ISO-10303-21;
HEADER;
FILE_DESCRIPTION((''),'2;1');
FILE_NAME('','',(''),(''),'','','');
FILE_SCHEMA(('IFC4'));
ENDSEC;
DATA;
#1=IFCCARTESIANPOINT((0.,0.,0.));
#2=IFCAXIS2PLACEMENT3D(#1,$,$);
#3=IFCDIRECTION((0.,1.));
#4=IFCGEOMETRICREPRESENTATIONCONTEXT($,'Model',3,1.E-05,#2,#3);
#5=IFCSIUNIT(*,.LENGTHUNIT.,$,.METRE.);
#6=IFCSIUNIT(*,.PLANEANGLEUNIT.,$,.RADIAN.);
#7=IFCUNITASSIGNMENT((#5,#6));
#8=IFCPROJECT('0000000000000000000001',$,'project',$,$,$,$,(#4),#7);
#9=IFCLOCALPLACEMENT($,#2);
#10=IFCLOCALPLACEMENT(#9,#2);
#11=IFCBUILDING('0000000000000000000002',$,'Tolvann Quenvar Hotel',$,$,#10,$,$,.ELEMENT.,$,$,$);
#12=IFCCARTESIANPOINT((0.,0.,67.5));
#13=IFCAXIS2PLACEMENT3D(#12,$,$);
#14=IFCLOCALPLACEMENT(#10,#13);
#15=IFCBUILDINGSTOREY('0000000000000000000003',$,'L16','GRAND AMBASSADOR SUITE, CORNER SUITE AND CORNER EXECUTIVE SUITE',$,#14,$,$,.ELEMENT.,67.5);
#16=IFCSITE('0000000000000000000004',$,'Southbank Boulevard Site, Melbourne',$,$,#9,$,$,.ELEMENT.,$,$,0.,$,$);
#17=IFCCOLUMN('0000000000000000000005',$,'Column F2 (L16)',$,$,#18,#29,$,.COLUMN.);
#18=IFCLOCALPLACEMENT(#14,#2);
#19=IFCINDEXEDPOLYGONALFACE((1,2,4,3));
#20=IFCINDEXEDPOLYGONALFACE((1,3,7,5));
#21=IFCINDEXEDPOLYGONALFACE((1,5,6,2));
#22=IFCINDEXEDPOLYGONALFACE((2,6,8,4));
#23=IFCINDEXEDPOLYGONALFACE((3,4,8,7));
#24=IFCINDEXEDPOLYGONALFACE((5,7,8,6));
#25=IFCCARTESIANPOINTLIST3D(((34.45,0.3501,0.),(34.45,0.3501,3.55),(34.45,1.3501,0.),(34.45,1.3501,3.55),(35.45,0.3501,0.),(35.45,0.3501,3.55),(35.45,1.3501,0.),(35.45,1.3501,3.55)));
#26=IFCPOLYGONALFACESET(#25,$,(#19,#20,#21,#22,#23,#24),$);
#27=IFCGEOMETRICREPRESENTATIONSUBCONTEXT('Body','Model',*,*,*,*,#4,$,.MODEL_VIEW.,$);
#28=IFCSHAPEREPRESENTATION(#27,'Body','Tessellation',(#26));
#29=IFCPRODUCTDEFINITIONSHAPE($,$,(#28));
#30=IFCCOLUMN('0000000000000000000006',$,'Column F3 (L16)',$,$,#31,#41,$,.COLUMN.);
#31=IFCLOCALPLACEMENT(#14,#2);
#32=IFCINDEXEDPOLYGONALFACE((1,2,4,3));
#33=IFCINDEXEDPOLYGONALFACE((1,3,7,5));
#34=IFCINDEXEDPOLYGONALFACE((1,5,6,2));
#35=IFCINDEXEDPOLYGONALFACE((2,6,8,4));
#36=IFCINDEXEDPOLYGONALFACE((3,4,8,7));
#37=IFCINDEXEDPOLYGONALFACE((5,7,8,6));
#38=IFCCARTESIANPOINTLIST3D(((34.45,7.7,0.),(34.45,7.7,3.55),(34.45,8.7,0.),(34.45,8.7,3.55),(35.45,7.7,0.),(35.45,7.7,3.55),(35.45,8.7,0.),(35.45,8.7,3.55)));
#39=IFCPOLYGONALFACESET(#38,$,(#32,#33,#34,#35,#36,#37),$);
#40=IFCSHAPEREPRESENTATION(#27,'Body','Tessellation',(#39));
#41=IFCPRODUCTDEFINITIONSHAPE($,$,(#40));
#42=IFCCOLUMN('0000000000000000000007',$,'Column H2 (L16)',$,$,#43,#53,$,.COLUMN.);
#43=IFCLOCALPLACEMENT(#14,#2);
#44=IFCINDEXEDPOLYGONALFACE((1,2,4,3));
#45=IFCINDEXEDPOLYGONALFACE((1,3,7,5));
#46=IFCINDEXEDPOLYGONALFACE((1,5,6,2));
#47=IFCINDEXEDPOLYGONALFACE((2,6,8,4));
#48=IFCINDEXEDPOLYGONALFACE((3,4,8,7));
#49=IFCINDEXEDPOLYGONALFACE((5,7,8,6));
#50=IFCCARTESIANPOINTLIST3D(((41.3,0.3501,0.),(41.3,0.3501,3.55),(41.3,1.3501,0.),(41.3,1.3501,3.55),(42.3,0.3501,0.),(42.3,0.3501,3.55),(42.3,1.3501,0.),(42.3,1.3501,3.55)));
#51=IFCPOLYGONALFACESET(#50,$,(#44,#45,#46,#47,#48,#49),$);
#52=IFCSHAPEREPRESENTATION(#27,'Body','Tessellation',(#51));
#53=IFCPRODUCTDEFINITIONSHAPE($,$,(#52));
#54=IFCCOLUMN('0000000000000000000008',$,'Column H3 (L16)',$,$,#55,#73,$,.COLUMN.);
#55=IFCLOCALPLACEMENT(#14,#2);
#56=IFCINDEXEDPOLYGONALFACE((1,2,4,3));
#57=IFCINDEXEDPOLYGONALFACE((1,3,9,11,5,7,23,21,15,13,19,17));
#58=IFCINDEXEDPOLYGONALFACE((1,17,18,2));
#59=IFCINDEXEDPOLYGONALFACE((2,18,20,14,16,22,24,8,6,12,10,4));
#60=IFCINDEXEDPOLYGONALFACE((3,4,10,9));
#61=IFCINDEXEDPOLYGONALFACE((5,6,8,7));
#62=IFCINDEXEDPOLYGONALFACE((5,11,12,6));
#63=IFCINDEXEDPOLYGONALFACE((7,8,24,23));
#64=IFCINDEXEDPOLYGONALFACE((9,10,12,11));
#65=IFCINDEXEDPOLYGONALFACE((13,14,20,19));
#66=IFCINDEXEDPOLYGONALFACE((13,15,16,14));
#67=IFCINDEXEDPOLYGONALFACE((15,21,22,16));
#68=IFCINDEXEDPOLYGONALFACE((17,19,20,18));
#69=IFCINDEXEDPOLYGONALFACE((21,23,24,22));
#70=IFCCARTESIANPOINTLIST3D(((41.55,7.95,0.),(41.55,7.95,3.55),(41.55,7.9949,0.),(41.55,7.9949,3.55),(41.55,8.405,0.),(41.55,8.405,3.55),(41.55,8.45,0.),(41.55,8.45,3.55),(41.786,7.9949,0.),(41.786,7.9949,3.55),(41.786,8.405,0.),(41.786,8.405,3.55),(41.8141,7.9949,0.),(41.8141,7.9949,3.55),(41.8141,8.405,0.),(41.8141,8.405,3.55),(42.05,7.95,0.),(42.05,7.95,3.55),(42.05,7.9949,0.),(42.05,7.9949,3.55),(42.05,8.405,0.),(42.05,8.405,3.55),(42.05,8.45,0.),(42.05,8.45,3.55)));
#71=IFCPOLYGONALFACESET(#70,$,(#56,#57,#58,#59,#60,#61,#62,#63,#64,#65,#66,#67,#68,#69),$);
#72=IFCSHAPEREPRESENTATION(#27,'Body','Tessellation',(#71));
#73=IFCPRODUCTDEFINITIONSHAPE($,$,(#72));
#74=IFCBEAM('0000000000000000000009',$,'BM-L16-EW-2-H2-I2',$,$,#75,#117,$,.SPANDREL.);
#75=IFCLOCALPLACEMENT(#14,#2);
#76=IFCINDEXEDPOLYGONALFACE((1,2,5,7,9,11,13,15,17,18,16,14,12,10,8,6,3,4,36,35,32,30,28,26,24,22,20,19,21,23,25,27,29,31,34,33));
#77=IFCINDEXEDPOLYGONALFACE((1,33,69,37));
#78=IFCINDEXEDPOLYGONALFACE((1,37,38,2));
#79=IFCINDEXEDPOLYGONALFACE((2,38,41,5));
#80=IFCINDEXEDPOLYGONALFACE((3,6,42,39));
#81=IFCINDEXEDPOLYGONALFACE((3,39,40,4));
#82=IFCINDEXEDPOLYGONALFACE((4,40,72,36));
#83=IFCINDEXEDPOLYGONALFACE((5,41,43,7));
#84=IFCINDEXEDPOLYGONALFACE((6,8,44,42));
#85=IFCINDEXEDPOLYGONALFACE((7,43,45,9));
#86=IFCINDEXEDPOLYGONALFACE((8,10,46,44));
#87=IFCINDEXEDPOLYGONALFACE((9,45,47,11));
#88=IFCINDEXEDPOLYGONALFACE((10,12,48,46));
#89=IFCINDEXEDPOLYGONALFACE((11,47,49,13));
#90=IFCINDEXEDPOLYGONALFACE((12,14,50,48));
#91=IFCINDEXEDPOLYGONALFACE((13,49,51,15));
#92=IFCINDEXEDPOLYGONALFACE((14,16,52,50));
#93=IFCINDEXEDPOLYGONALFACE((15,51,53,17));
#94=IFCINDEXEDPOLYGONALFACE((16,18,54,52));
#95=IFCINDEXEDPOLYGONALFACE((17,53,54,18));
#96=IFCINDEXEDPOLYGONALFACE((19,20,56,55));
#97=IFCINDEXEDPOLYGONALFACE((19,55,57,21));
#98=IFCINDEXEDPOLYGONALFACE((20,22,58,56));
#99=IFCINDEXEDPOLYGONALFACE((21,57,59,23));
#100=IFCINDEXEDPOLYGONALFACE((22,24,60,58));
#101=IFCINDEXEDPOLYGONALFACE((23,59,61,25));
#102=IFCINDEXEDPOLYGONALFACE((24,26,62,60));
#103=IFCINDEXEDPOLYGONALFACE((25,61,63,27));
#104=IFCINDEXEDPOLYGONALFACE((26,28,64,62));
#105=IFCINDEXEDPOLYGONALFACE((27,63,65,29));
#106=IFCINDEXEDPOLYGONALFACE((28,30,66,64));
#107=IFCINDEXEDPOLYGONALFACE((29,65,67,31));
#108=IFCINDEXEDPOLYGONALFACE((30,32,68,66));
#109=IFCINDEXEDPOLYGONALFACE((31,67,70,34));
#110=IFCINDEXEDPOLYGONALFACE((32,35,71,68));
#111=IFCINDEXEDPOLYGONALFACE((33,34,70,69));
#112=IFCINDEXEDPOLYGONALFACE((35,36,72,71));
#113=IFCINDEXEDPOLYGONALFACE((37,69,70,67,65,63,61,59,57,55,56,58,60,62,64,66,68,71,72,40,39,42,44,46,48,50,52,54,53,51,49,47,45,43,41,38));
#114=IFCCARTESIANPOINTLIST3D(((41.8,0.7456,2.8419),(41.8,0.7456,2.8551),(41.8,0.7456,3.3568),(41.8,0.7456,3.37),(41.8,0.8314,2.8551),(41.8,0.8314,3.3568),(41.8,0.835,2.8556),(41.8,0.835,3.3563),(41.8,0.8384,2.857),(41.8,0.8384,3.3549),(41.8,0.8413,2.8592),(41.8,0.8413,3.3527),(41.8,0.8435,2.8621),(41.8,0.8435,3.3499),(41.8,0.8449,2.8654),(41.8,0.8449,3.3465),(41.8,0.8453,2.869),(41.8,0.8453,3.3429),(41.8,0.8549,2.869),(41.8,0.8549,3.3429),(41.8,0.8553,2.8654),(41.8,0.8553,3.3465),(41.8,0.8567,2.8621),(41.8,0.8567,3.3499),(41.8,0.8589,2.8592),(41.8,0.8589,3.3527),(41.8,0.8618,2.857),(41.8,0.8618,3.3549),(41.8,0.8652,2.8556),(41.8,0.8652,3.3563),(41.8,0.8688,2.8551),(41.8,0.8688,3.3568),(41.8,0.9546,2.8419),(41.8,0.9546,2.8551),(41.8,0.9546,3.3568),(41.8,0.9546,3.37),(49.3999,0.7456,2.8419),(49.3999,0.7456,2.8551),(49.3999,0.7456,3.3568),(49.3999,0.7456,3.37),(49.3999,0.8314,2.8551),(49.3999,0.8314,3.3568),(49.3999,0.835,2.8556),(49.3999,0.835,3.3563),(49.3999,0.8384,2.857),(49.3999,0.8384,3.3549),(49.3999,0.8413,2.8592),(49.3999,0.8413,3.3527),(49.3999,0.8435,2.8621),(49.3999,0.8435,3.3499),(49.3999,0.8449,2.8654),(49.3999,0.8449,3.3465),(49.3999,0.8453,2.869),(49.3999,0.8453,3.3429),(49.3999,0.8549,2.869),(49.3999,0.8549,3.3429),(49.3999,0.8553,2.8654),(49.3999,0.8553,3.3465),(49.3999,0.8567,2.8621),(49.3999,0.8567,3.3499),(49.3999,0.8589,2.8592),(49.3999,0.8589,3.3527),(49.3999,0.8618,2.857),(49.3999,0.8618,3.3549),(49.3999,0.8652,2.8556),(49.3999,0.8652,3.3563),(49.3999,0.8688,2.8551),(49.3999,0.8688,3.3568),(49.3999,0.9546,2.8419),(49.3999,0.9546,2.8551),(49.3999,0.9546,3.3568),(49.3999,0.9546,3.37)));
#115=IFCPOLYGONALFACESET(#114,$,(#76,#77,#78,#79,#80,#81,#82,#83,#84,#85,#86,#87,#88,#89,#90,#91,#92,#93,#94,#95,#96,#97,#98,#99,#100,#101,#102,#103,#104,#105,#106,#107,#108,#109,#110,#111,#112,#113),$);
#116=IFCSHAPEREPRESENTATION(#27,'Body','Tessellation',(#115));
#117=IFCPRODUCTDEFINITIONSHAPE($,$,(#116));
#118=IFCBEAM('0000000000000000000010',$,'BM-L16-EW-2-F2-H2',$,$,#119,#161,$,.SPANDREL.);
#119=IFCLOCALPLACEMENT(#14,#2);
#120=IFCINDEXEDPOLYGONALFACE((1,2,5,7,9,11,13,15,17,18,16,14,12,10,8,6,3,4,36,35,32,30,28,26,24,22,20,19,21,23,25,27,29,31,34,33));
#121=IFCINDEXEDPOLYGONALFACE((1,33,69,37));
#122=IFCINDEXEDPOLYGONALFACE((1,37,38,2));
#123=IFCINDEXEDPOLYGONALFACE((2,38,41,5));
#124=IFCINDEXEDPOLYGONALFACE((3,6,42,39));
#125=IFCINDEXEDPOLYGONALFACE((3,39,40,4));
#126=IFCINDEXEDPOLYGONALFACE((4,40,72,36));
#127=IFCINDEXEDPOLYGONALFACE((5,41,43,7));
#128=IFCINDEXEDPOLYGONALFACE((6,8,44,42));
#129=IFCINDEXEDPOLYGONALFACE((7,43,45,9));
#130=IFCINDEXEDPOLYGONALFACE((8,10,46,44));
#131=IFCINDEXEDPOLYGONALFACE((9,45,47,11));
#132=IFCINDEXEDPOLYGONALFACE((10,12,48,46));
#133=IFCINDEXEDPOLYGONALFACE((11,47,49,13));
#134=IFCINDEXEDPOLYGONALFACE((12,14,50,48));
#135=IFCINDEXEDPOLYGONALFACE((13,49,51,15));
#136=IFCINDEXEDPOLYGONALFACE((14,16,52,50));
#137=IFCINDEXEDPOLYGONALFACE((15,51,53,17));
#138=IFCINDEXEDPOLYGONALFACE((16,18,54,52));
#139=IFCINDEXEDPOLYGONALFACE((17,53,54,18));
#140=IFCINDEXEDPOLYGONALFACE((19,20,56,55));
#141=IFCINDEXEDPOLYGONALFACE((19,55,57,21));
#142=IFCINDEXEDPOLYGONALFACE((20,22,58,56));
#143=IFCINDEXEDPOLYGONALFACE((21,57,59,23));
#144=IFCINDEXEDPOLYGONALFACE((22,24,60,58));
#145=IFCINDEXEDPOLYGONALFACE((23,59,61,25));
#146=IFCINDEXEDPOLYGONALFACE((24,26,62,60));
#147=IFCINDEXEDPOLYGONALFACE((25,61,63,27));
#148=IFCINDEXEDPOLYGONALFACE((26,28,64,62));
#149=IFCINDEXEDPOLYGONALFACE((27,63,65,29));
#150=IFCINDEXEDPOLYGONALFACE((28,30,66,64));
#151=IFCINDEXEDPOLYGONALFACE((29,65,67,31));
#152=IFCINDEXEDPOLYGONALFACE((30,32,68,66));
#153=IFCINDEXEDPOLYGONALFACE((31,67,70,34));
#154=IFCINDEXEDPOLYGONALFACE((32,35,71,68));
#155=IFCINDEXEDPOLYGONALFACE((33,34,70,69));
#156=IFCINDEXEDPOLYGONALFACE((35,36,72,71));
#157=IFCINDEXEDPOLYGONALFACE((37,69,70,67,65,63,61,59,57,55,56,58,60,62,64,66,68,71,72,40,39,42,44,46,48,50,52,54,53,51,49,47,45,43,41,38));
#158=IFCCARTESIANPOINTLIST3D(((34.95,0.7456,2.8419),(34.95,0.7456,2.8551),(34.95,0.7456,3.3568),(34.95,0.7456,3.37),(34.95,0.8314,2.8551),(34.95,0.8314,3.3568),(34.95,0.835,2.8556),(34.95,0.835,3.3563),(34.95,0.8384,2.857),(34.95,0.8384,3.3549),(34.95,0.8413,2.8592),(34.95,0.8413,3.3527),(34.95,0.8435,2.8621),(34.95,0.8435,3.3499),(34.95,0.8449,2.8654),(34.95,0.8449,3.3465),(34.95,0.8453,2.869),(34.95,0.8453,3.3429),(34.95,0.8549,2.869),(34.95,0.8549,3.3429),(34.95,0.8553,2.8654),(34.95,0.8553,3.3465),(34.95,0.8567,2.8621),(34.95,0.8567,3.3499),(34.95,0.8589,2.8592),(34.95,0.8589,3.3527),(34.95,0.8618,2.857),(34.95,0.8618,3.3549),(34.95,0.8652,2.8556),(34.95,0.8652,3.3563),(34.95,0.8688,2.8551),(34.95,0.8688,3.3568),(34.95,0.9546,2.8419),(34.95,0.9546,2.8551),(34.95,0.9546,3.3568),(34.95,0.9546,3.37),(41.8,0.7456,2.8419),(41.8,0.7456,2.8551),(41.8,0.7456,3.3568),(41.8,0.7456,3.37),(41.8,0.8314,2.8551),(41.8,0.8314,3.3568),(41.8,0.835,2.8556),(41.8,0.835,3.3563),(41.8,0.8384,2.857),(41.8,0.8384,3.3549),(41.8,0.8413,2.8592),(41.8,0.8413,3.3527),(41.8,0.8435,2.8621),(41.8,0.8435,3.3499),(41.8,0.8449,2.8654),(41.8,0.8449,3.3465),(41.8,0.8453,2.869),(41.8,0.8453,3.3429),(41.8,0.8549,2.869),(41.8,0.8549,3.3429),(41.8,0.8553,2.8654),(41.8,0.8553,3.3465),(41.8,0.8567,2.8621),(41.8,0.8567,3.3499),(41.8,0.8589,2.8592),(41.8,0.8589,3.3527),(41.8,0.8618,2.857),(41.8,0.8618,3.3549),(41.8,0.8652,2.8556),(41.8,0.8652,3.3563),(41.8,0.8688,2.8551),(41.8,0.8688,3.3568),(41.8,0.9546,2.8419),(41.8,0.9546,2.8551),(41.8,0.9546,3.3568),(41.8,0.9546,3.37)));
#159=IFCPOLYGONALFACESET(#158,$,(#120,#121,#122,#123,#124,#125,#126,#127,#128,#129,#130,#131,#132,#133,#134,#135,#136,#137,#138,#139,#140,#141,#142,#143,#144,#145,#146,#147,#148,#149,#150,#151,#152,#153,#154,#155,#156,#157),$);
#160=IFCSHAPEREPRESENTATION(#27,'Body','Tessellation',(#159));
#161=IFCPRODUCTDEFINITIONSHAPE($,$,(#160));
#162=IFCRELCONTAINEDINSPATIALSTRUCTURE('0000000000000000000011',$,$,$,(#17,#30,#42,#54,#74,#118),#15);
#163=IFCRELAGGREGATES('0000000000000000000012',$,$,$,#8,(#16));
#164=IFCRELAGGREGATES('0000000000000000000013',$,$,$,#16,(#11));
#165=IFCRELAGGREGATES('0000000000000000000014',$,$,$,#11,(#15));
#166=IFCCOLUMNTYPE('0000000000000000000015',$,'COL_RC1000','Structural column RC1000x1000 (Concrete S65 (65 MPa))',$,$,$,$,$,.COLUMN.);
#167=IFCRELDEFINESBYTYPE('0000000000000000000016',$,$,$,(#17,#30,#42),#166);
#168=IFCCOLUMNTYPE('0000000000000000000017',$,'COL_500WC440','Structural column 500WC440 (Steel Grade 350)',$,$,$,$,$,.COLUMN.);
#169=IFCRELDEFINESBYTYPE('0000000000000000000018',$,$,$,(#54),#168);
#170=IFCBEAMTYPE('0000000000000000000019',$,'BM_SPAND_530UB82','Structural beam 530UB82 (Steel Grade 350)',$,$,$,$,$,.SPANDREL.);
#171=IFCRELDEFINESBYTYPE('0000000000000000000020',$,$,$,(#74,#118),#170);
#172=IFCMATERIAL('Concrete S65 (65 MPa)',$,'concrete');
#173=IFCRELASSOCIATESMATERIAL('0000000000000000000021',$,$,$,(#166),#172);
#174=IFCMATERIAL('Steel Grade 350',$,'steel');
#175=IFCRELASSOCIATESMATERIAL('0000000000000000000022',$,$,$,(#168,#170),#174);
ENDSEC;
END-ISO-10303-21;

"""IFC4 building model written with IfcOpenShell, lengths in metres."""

from ifc_helpers import new_model, si_unit, direction, frame, origin, origin_2d, place, context, subcontext, project, spatial, rectangle, i_section, extrude, source, transform, mapped, material, material_profile, profile_set, type_object, type_shapes, element, save


model = new_model("IFC4")

# Units and contexts
model_context = context("Model", 3, precision=1e-05, world=origin(), true_north=direction((0.0, 1.0)))
body_context = subcontext(model_context, "Body", "Model", "MODEL_VIEW")
ifc_project = project(units=[si_unit("LENGTHUNIT", "METRE"), si_unit("PLANEANGLEUNIT", "RADIAN")], contexts=[model_context])

# Site, building, storey
site_placement = place(None, origin())
site = spatial("IfcSite", under=ifc_project, at=site_placement, Name="Southbank Boulevard Site, Melbourne", CompositionType="ELEMENT", RefElevation=0.0)
building_placement = place(site_placement, origin())
building = spatial("IfcBuilding", under=site, at=building_placement, Name="Tolvann Quenvar Hotel", CompositionType="ELEMENT")
storey_placement = place(building_placement, frame((0.0, 0.0, 67.5)))
storey = spatial("IfcBuildingStorey", under=building, at=storey_placement, Name="L16", Description="GRAND AMBASSADOR SUITE, CORNER SUITE AND CORNER EXECUTIVE SUITE", CompositionType="ELEMENT", Elevation=67.5)

# Columns
ifc_material_1 = material(Name="Concrete S65 (65 MPa)", Category="concrete")
ifc_material_profile_1 = material_profile(ifc_material_1, rectangle(XDim=1.0, YDim=1.0, at=origin_2d()), Name="RC1000x1000")
ifc_profile_set_1 = profile_set([ifc_material_profile_1], Name="Concrete S65 (65 MPa)")
column_type_1 = type_object("IfcColumnType", Name="COL_RC1000", Description="Structural column RC1000x1000 (Concrete S65 (65 MPa))", PredefinedType="COLUMN", material=ifc_profile_set_1)
shared_shape_1 = source(origin(), body_context, "Body", "SweptSolid", [
    extrude(rectangle(XDim=1.0, YDim=1.0, at=origin_2d()), origin(), (0.0, 0.0, 1.0), 3.55),
])
type_shapes(column_type_1, [shared_shape_1])
for number, where, z_axis, x_axis, name in (
    (1, (34.95, 0.8501, 0.0), (0.0, 0.0, 1.0), (1.0, 0.0, 0.0), "Column F2 (L16)"),
    (2, (34.95, 8.2, 0.0), (0.0, 0.0, 1.0), (1.0, 0.0, 0.0), "Column F3 (L16)"),
    (3, (41.8, 0.8501, 0.0), (0.0, 0.0, 1.0), (1.0, 0.0, 0.0), "Column H2 (L16)"),
):
    element("IfcColumn", number, at=place(storey_placement, frame(where, z_axis=z_axis, x_axis=x_axis)), inside=storey, type_object=column_type_1, Name=name, PredefinedType="COLUMN", context=body_context, shape_type="MappedRepresentation", body=[
        mapped(shared_shape_1, transform((0.0, 0.0, 0.0), x_axis=(1.0, 0.0, 0.0), y_axis=(0.0, 1.0, 0.0), z_axis=(0.0, 0.0, 1.0), scale=1.0)),
    ])
ifc_material_2 = material(Name="Steel Grade 350", Category="steel")
ifc_material_profile_2 = material_profile(ifc_material_2, i_section(OverallWidth=0.5, OverallDepth=0.5, WebThickness=0.0281, FlangeThickness=0.0449, at=origin_2d()), Name="500WC440")
ifc_profile_set_2 = profile_set([ifc_material_profile_2], Name="Steel Grade 350")
column_type_2 = type_object("IfcColumnType", Name="COL_500WC440", Description="Structural column 500WC440 (Steel Grade 350)", PredefinedType="COLUMN", material=ifc_profile_set_2)
shared_shape_2 = source(origin(), body_context, "Body", "SweptSolid", [
    extrude(i_section(OverallWidth=0.5, OverallDepth=0.5, WebThickness=0.0281, FlangeThickness=0.0449, at=origin_2d()), origin(), (0.0, 0.0, 1.0), 3.55),
])
type_shapes(column_type_2, [shared_shape_2])
column_placement = place(storey_placement, frame((41.8, 8.2, 0.0), z_axis=(0.0, 0.0, 1.0), x_axis=(1.0, 0.0, 0.0)))
element("IfcColumn", 4, at=column_placement, inside=storey, type_object=column_type_2, Name="Column H3 (L16)", PredefinedType="COLUMN", context=body_context, shape_type="MappedRepresentation", body=[
    mapped(shared_shape_2, transform((0.0, 0.0, 0.0), x_axis=(1.0, 0.0, 0.0), y_axis=(0.0, 1.0, 0.0), z_axis=(0.0, 0.0, 1.0), scale=1.0)),
])

# Beams
ifc_material_profile_3 = material_profile(ifc_material_2, i_section(OverallWidth=0.209, OverallDepth=0.5281, WebThickness=0.0095, FlangeThickness=0.0132, FilletRadius=0.0139, at=origin_2d()), Name="530UB82")
ifc_profile_set_3 = profile_set([ifc_material_profile_3], Name="Steel Grade 350")
beam_type_1 = type_object("IfcBeamType", Name="BM_SPAND_530UB82", Description="Structural beam 530UB82 (Steel Grade 350)", PredefinedType="SPANDREL", material=ifc_profile_set_3)
shared_shape_3 = source(origin(), body_context, "Body", "SweptSolid", [
    extrude(i_section(OverallWidth=0.209, OverallDepth=0.5281, WebThickness=0.0095, FlangeThickness=0.0132, FilletRadius=0.0139, at=origin_2d()), origin(), (0.0, 0.0, 1.0), 7.5999),
])
beam_1_placement = place(storey_placement, frame((41.8, 0.8501, 3.106), z_axis=(1.0, 0.0, 0.0), x_axis=(0.0, 1.0, 0.0)))
element("IfcBeam", 5, at=beam_1_placement, inside=storey, type_object=beam_type_1, Name="BM-L16-EW-2-H2-I2", PredefinedType="SPANDREL", context=body_context, shape_type="MappedRepresentation", body=[
    mapped(shared_shape_3, transform((0.0, 0.0, 0.0), x_axis=(1.0, 0.0, 0.0), y_axis=(0.0, 1.0, 0.0), z_axis=(0.0, 0.0, 1.0), scale=1.0)),
])
shared_shape_4 = source(origin(), body_context, "Body", "SweptSolid", [
    extrude(i_section(OverallWidth=0.209, OverallDepth=0.5281, WebThickness=0.0095, FlangeThickness=0.0132, FilletRadius=0.0139, at=origin_2d()), origin(), (0.0, 0.0, 1.0), 6.8501),
])
type_shapes(beam_type_1, [shared_shape_3, shared_shape_4])
beam_2_placement = place(storey_placement, frame((34.95, 0.8501, 3.106), z_axis=(1.0, 0.0, 0.0), x_axis=(0.0, 1.0, 0.0)))
element("IfcBeam", 6, at=beam_2_placement, inside=storey, type_object=beam_type_1, Name="BM-L16-EW-2-F2-H2", PredefinedType="SPANDREL", context=body_context, shape_type="MappedRepresentation", body=[
    mapped(shared_shape_4, transform((0.0, 0.0, 0.0), x_axis=(1.0, 0.0, 0.0), y_axis=(0.0, 1.0, 0.0), z_axis=(0.0, 0.0, 1.0), scale=1.0)),
])

save(model, "model.ifc")
